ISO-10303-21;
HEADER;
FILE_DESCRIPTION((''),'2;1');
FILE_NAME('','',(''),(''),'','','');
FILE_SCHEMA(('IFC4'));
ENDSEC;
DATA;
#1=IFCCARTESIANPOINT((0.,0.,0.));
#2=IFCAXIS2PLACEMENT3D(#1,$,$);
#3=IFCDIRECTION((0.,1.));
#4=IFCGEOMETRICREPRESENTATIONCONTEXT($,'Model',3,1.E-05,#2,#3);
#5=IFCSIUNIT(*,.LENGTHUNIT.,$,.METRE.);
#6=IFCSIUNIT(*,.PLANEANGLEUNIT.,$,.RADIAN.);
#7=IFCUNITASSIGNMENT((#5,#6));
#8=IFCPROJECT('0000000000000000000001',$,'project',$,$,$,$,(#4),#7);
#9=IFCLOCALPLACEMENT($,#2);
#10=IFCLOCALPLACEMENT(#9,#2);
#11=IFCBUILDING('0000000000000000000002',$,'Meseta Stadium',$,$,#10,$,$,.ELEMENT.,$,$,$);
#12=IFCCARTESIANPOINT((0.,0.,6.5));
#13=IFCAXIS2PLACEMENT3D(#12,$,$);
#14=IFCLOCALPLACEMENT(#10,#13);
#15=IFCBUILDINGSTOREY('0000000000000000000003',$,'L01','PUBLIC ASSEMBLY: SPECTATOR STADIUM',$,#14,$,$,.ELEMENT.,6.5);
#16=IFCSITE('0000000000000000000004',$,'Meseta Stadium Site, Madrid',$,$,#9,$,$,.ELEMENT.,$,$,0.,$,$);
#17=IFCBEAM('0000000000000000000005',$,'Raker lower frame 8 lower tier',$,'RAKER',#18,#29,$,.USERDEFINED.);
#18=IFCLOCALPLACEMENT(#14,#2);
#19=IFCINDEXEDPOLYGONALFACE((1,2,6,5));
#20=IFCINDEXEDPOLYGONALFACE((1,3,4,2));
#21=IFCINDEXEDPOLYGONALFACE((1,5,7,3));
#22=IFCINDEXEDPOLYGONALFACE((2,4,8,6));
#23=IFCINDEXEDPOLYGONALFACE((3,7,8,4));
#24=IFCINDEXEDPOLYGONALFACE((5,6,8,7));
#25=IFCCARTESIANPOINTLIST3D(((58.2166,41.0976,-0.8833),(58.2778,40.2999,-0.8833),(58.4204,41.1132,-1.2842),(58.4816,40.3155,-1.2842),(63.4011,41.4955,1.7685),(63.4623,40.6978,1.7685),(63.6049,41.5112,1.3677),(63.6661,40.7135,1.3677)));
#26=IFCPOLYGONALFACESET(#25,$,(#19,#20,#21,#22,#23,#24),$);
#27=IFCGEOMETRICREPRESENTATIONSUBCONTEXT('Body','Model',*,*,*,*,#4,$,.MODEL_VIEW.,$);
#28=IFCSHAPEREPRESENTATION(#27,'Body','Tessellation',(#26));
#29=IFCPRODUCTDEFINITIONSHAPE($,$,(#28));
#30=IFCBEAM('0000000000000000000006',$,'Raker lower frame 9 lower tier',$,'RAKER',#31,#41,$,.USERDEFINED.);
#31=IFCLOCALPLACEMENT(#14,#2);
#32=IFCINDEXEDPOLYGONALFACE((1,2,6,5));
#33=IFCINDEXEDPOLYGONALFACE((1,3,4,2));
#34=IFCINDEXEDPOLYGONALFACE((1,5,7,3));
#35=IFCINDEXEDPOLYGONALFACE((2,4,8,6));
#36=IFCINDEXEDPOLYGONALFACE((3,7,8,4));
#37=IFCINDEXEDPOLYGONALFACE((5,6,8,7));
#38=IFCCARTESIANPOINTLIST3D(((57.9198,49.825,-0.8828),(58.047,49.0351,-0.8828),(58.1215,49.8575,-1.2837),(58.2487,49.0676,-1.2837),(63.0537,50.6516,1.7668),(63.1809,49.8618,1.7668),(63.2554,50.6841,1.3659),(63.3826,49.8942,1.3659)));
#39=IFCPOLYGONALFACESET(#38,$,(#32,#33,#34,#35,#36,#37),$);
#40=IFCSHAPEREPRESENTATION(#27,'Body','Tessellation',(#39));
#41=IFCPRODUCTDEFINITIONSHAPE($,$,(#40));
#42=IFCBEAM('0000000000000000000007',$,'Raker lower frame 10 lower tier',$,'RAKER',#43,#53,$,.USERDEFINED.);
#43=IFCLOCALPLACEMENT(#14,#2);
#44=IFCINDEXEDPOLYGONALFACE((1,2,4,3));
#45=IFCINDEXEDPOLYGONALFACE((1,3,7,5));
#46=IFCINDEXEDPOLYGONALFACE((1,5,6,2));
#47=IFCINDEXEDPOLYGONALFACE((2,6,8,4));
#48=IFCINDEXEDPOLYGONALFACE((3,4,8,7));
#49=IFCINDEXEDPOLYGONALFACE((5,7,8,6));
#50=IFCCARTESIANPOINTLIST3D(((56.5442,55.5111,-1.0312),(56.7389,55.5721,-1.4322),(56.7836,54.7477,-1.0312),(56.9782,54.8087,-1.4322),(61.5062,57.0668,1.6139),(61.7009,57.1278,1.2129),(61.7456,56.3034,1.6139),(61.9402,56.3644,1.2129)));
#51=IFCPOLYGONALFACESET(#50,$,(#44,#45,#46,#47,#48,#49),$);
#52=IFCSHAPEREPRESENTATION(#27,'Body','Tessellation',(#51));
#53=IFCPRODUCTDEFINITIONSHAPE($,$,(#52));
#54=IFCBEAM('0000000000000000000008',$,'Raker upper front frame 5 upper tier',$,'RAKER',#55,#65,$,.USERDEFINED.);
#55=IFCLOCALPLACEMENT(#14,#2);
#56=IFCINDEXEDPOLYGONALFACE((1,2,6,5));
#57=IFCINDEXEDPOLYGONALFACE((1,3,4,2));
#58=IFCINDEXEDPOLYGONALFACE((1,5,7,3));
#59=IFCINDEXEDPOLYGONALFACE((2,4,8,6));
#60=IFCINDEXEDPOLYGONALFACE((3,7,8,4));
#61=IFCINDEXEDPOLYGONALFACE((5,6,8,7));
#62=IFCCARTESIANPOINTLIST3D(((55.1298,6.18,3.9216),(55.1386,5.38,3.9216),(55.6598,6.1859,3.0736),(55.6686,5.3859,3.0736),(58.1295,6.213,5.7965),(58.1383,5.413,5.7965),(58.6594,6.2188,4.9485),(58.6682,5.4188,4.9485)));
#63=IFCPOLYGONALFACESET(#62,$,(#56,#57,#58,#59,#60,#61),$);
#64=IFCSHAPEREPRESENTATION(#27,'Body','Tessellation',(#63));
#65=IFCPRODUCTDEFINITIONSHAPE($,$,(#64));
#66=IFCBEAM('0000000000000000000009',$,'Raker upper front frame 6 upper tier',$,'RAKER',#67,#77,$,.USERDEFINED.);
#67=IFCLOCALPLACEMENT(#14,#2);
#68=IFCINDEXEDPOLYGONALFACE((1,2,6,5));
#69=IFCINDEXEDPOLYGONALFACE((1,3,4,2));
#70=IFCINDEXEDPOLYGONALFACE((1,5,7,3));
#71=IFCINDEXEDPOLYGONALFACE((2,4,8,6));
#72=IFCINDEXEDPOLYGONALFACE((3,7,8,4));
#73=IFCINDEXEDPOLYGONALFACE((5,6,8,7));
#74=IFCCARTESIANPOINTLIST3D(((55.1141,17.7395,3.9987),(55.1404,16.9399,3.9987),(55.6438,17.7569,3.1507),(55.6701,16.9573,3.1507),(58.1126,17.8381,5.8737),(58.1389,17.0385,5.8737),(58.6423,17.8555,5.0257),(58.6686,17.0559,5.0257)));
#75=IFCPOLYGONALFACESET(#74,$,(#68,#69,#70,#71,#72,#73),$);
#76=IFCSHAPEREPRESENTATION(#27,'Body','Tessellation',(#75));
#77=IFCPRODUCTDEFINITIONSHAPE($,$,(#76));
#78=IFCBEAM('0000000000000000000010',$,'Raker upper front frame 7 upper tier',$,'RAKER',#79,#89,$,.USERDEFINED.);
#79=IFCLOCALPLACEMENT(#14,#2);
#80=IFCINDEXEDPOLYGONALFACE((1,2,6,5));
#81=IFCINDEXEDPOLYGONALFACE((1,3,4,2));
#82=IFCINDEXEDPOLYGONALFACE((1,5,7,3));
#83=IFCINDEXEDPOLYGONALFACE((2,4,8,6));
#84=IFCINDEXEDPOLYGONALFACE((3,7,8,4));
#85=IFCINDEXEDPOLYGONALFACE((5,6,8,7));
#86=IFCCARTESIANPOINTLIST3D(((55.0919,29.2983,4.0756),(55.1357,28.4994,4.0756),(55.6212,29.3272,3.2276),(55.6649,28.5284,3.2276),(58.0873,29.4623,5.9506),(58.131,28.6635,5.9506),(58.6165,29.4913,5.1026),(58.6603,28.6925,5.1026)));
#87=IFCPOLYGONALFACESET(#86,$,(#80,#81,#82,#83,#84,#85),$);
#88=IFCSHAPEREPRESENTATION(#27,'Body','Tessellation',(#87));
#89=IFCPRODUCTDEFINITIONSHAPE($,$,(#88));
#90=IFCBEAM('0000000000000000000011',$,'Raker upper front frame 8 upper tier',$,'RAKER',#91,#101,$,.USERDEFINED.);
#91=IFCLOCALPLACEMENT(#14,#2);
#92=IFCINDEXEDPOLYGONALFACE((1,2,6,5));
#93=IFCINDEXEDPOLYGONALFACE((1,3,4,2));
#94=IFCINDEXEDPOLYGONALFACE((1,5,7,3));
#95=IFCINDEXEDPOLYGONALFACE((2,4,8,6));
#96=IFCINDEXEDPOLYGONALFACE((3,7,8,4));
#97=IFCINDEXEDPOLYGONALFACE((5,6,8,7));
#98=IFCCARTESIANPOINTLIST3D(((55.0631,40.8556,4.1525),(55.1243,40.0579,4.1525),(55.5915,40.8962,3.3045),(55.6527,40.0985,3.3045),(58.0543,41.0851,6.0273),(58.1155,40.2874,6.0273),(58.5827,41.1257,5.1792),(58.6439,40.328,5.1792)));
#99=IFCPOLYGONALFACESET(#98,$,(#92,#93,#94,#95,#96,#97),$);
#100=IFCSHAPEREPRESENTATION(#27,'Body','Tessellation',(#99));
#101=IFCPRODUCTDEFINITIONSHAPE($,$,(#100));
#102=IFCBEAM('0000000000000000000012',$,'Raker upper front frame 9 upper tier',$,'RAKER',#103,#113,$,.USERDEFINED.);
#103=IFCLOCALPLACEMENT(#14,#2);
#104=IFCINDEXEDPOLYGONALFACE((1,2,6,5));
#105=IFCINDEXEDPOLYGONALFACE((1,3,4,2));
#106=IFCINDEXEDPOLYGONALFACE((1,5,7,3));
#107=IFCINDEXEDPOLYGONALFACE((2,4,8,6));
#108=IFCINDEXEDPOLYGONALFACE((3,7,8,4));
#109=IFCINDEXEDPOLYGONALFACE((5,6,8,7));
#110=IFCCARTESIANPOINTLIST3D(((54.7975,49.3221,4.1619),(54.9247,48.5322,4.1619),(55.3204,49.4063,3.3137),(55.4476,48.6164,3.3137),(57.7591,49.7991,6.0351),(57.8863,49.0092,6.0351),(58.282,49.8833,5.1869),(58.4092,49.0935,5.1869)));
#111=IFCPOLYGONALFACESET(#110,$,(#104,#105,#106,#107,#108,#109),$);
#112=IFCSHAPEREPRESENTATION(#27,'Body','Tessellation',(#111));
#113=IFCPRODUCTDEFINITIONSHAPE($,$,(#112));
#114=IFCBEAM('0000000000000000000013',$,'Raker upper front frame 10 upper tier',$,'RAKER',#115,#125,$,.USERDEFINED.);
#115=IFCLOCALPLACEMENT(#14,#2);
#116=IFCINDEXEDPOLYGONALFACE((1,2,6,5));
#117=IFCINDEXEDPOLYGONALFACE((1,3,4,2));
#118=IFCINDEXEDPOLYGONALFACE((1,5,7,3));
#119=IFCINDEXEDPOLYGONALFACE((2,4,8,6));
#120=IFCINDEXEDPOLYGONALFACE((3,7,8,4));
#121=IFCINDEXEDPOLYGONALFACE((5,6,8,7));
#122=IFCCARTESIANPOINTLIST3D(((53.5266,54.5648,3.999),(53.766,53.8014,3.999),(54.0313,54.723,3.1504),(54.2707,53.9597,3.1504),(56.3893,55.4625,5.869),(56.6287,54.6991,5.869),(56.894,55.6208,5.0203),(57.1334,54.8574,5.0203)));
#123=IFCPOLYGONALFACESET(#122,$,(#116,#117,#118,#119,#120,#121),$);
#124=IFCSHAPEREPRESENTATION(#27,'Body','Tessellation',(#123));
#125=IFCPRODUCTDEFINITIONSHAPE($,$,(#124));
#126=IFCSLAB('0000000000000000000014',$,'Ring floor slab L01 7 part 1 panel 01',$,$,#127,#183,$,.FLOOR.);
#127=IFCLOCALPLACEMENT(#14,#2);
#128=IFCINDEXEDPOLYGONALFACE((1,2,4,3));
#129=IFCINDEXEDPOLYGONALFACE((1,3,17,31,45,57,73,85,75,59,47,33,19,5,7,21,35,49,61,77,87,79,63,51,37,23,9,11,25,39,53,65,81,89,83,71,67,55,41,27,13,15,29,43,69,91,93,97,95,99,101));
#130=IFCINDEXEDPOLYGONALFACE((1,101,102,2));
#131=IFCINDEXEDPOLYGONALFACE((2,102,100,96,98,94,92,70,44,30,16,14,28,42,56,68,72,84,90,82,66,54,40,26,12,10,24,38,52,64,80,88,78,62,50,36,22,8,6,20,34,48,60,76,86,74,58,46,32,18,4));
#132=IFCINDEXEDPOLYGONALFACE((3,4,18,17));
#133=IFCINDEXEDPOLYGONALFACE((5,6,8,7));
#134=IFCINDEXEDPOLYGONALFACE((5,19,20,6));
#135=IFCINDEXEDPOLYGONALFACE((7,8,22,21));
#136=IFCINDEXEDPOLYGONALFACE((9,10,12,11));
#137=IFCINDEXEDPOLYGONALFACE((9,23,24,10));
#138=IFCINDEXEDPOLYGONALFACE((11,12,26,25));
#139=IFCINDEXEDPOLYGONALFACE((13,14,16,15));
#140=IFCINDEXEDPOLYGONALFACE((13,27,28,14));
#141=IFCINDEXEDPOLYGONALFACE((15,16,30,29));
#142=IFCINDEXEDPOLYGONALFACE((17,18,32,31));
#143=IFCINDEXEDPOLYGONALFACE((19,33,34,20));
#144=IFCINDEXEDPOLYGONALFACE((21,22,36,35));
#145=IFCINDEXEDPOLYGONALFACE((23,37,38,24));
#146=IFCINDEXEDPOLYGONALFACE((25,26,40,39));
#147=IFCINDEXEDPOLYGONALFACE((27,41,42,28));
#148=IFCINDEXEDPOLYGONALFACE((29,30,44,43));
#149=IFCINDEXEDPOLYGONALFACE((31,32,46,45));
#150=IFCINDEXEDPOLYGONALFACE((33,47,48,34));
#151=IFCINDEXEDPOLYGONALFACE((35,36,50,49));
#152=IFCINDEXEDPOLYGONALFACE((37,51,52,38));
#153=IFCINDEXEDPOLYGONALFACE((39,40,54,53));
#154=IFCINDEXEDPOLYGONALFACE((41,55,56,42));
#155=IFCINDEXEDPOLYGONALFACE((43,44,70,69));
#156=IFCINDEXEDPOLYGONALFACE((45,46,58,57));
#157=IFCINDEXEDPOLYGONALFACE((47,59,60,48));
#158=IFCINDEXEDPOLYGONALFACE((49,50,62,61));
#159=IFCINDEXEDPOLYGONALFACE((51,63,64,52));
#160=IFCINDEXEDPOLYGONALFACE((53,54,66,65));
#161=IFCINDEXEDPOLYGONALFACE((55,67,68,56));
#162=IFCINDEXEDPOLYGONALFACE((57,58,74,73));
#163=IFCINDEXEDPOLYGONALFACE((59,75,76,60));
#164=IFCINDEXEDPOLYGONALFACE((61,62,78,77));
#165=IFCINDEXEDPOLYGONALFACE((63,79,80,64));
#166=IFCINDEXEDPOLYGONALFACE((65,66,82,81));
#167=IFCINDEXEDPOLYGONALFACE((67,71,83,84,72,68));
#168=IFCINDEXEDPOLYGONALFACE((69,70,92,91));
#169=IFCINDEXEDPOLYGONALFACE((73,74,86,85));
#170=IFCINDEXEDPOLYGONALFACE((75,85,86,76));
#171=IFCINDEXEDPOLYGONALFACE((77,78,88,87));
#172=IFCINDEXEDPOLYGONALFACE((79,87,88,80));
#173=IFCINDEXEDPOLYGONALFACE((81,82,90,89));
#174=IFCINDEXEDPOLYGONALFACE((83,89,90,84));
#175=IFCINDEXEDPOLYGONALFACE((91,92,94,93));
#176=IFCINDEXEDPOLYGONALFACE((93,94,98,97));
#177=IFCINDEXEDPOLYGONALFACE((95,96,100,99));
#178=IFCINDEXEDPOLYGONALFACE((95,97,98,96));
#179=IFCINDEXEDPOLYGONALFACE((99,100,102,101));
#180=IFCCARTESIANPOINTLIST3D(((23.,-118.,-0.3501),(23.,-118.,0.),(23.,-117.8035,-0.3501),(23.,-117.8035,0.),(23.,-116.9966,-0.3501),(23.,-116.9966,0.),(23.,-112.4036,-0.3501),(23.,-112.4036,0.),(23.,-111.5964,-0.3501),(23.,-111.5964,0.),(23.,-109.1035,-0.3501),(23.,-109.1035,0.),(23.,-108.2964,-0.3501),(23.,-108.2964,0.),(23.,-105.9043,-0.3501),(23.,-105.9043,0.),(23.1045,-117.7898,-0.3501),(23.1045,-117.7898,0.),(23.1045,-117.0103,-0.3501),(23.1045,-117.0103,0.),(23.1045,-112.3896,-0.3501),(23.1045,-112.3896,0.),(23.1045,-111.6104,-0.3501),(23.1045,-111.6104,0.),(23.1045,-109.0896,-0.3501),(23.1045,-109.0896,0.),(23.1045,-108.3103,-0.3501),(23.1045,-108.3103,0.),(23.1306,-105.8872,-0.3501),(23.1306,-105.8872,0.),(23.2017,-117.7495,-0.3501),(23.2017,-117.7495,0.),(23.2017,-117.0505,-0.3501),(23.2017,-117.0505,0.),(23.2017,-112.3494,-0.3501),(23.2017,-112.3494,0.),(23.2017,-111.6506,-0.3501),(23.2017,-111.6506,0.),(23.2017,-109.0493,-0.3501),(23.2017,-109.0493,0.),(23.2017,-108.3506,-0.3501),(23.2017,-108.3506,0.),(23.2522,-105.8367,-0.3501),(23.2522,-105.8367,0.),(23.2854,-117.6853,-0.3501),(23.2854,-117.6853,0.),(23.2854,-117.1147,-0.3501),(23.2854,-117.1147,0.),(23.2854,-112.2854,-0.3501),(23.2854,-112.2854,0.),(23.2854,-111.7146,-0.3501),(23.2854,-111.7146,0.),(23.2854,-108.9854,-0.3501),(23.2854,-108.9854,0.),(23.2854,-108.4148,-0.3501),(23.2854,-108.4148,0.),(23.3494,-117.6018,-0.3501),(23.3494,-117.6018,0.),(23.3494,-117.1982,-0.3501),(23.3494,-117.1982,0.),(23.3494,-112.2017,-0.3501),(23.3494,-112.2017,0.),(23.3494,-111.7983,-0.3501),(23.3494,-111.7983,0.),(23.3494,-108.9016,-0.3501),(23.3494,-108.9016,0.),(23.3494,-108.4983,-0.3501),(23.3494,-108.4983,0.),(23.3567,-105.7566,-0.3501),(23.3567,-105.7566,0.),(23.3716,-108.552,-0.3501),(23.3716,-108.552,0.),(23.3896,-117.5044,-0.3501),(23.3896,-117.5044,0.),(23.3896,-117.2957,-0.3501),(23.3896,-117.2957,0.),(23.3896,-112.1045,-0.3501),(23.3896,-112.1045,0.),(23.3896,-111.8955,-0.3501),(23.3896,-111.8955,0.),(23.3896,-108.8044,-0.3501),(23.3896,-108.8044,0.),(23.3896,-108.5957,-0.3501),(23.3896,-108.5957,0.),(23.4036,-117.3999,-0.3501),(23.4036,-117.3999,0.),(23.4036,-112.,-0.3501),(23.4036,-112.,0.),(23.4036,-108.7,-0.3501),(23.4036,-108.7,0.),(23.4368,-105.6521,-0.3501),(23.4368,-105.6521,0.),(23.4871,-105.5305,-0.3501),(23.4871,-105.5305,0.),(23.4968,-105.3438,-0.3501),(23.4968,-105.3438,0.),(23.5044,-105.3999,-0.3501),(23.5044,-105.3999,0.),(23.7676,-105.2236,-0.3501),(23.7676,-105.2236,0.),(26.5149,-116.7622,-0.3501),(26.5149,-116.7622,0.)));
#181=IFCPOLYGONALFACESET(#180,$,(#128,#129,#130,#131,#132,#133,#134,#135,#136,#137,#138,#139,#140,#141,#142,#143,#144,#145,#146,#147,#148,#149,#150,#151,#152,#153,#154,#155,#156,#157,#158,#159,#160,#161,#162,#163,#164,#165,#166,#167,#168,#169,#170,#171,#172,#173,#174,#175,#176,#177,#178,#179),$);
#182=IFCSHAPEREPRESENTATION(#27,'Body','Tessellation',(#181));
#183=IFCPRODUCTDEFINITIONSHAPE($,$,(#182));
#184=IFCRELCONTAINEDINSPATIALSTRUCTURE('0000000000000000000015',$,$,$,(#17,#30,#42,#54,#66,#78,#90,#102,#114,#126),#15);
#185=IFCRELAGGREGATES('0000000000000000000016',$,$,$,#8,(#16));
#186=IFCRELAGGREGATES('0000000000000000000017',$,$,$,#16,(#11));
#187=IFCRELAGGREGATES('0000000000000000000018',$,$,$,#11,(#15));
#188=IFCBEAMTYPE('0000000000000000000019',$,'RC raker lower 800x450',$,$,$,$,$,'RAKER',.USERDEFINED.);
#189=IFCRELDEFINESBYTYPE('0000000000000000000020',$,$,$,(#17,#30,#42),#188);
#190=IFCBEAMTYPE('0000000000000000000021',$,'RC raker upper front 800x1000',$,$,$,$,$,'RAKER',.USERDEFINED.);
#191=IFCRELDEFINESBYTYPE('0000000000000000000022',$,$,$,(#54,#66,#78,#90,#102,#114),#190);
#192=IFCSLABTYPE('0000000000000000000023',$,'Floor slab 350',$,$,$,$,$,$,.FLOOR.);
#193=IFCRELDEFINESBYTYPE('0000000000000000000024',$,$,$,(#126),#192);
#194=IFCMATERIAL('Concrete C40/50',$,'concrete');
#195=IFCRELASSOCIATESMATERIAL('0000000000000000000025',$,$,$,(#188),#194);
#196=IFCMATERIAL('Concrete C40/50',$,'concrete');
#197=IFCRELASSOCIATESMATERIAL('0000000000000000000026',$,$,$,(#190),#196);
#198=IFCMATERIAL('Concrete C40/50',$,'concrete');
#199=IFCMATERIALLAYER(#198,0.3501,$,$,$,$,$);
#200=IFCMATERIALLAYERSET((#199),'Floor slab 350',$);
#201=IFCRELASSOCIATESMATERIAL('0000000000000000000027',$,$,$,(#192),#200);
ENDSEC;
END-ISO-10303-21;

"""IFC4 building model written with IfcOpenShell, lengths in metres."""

from ifc_helpers import new_model, si_unit, direction, frame, origin, origin_2d, place, context, subcontext, project, spatial, polyline, rectangle, outline, extrude, material, layer, layer_set, material_profile, profile_set, type_object, element, save


model = new_model("IFC4")

# Units and contexts
model_context = context("Model", 3, precision=1e-05, world=origin(), true_north=direction((0.0, 1.0)))
body_context = subcontext(model_context, "Body", "Model", "MODEL_VIEW")
ifc_project = project(units=[si_unit("LENGTHUNIT", "METRE"), si_unit("PLANEANGLEUNIT", "RADIAN")], contexts=[model_context])

# Site, building, storey
site_placement = place(None, origin())
site = spatial("IfcSite", under=ifc_project, at=site_placement, Name="Meseta Stadium Site, Madrid", CompositionType="ELEMENT", RefElevation=0.0)
building_placement = place(site_placement, origin())
building = spatial("IfcBuilding", under=site, at=building_placement, Name="Meseta Stadium", CompositionType="ELEMENT")
storey_placement = place(building_placement, frame((0.0, 0.0, 6.5)))
storey = spatial("IfcBuildingStorey", under=building, at=storey_placement, Name="L01", Description="PUBLIC ASSEMBLY: SPECTATOR STADIUM", CompositionType="ELEMENT", Elevation=6.5)

# Beams
ifc_material_1 = material(Name="Concrete C40/50", Category="concrete")
ifc_material_profile_1 = material_profile(ifc_material_1, rectangle(XDim=0.8, YDim=0.45, at=origin_2d()), Name="RC 800x450")
ifc_profile_set_1 = profile_set([ifc_material_profile_1], Name="Concrete C40/50")
beam_type_1 = type_object("IfcBeamType", Name="RC raker lower 800x450", ElementType="RAKER", PredefinedType="USERDEFINED", material=ifc_profile_set_1)
beam_1_placement = place(storey_placement, frame((58.3491, 40.7065, -1.0837), z_axis=(0.888226, 0.068177, 0.454319), x_axis=(-0.076531, 0.997067, 0.0)))
element("IfcBeam", 1, at=beam_1_placement, inside=storey, type_object=beam_type_1, Name="Raker lower frame 8 lower tier", ObjectType="RAKER", PredefinedType="USERDEFINED", context=body_context, shape_type="SweptSolid", body=[
    extrude(rectangle(XDim=0.8, YDim=0.45, at=origin_2d()), origin(), (0.0, 0.0, 1.0), 5.8369),
])
beam_2_placement = place(storey_placement, frame((58.0842, 49.4463, -1.0833), z_axis=(0.879673, 0.141641, 0.453997), x_axis=(-0.158968, 0.987284, 0.0)))
element("IfcBeam", 2, at=beam_2_placement, inside=storey, type_object=beam_type_1, Name="Raker lower frame 9 lower tier", ObjectType="RAKER", PredefinedType="USERDEFINED", context=body_context, shape_type="SweptSolid", body=[
    extrude(rectangle(XDim=0.8, YDim=0.45, at=origin_2d()), origin(), (0.0, 0.0, 1.0), 5.8362),
])
beam_3_placement = place(storey_placement, frame((56.7612, 55.1599, -1.2317), z_axis=(0.850501, 0.26665, 0.453372), x_axis=(-0.299162, 0.954202, 0.0)))
element("IfcBeam", 3, at=beam_3_placement, inside=storey, type_object=beam_type_1, Name="Raker lower frame 10 lower tier", ObjectType="RAKER", PredefinedType="USERDEFINED", context=body_context, shape_type="SweptSolid", body=[
    extrude(rectangle(XDim=0.8, YDim=0.45, at=origin_2d()), origin(), (0.0, 0.0, 1.0), 5.8342),
])
ifc_material_2 = material(Name="Concrete C40/50", Category="concrete")
ifc_material_profile_2 = material_profile(ifc_material_2, rectangle(XDim=0.8, YDim=1.0, at=origin_2d()), Name="RC 800x1000")
ifc_profile_set_2 = profile_set([ifc_material_profile_2], Name="Concrete C40/50")
beam_type_2 = type_object("IfcBeamType", Name="RC raker upper front 800x1000", ElementType="RAKER", PredefinedType="USERDEFINED", material=ifc_profile_set_2)
beam_4_placement = place(storey_placement, frame((55.3992, 5.783, 3.4976), z_axis=(0.847942, 0.009317, 0.530007), x_axis=(-0.010987, 0.99994, 0.0)))
element("IfcBeam", 4, at=beam_4_placement, inside=storey, type_object=beam_type_2, Name="Raker upper front frame 5 upper tier", ObjectType="RAKER", PredefinedType="USERDEFINED", context=body_context, shape_type="SweptSolid", body=[
    extrude(rectangle(XDim=0.8, YDim=1.0, at=origin_2d()), origin(), (0.0, 0.0, 1.0), 3.5376),
])
beam_5_placement = place(storey_placement, frame((55.3921, 17.3484, 3.5747), z_axis=(0.847552, 0.027879, 0.529979), x_axis=(-0.032876, 0.999459, 0.0)))
element("IfcBeam", 5, at=beam_5_placement, inside=storey, type_object=beam_type_2, Name="Raker upper front frame 6 upper tier", ObjectType="RAKER", PredefinedType="USERDEFINED", context=body_context, shape_type="SweptSolid", body=[
    extrude(rectangle(XDim=0.8, YDim=1.0, at=origin_2d()), origin(), (0.0, 0.0, 1.0), 3.5378),
])
for number, where, z_axis, x_axis, name in (
    (6, (55.3784, 28.9133, 3.6516), (0.846717, 0.046377, 0.530018), (-0.05469, 0.998503, 0.0), "Raker upper front frame 7 upper tier"),
    (7, (55.3579, 40.4771, 3.7285), (0.845545, 0.064872, 0.529949), (-0.076497, 0.99707, 0.0), "Raker upper front frame 8 upper tier"),
):
    element("IfcBeam", number, at=place(storey_placement, frame(where, z_axis=z_axis, x_axis=x_axis)), inside=storey, type_object=beam_type_2, Name=name, ObjectType="RAKER", PredefinedType="USERDEFINED", context=body_context, shape_type="SweptSolid", body=[
        extrude(rectangle(XDim=0.8, YDim=1.0, at=origin_2d()), origin(), (0.0, 0.0, 1.0), 3.5376),
    ])
beam_6_placement = place(storey_placement, frame((55.1226, 48.9692, 3.7378), z_axis=(0.837409, 0.134886, 0.529671), x_axis=(-0.159025, 0.987275, 0.0)))
element("IfcBeam", 8, at=beam_6_placement, inside=storey, type_object=beam_type_2, Name="Raker upper front frame 9 upper tier", ObjectType="RAKER", PredefinedType="USERDEFINED", context=body_context, shape_type="SweptSolid", body=[
    extrude(rectangle(XDim=0.8, YDim=1.0, at=origin_2d()), origin(), (0.0, 0.0, 1.0), 3.5366),
])
beam_7_placement = place(storey_placement, frame((53.8987, 54.2622, 3.5747), z_axis=(0.809765, 0.253945, 0.528954), x_axis=(-0.299234, 0.95418, 0.0)))
element("IfcBeam", 9, at=beam_7_placement, inside=storey, type_object=beam_type_2, Name="Raker upper front frame 10 upper tier", ObjectType="RAKER", PredefinedType="USERDEFINED", context=body_context, shape_type="SweptSolid", body=[
    extrude(rectangle(XDim=0.8, YDim=1.0, at=origin_2d()), origin(), (0.0, 0.0, 1.0), 3.5352),
])

# Slab
ifc_material_3 = material(Name="Concrete C40/50", Category="concrete")
ifc_layer = layer(ifc_material_3, 0.3501)
ifc_layer_set = layer_set([ifc_layer], Name="Floor slab 350")
slab_type = type_object("IfcSlabType", Name="Floor slab 350", PredefinedType="FLOOR", material=ifc_layer_set)
slab_1_placement = place(storey_placement, frame((0.0, 0.0, -0.3501)))
element("IfcSlab", 10, at=slab_1_placement, inside=storey, type_object=slab_type, Name="Ring floor slab L01 7 part 1 panel 01", PredefinedType="FLOOR", context=body_context, shape_type="SweptSolid", body=[
    extrude(outline(polyline([(23.7676, -105.2236), (23.4968, -105.3438), (23.5044, -105.3999), (23.4871, -105.5305), (23.4368, -105.6521), (23.3567, -105.7566), (23.2522, -105.8367), (23.1306, -105.8872), (23.0, -105.9043), (23.0, -108.2964), (23.1045, -108.3103), (23.2017, -108.3506), (23.2854, -108.4148), (23.3494, -108.4983), (23.3716, -108.552), (23.3896, -108.5957), (23.4036, -108.7), (23.3896, -108.8044), (23.3494, -108.9016), (23.2854, -108.9854), (23.2017, -109.0493), (23.1045, -109.0896), (23.0, -109.1035), (23.0, -111.5964), (23.1045, -111.6104), (23.2017, -111.6506), (23.2854, -111.7146), (23.3494, -111.7983), (23.3896, -111.8955), (23.4036, -112.0), (23.3896, -112.1045), (23.3494, -112.2017), (23.2854, -112.2854), (23.2017, -112.3494), (23.1045, -112.3896), (23.0, -112.4036), (23.0, -116.9966), (23.1045, -117.0103), (23.2017, -117.0505), (23.2854, -117.1147), (23.3494, -117.1982), (23.3896, -117.2957), (23.4036, -117.3999), (23.3896, -117.5044), (23.3494, -117.6018), (23.2854, -117.6853), (23.2017, -117.7495), (23.1045, -117.7898), (23.0, -117.8035), (23.0, -118.0), (26.5149, -116.7622), (23.7676, -105.2236)])), origin(), (0.0, 0.0, 1.0), 0.3501),
])

save(model, "model.ifc")
